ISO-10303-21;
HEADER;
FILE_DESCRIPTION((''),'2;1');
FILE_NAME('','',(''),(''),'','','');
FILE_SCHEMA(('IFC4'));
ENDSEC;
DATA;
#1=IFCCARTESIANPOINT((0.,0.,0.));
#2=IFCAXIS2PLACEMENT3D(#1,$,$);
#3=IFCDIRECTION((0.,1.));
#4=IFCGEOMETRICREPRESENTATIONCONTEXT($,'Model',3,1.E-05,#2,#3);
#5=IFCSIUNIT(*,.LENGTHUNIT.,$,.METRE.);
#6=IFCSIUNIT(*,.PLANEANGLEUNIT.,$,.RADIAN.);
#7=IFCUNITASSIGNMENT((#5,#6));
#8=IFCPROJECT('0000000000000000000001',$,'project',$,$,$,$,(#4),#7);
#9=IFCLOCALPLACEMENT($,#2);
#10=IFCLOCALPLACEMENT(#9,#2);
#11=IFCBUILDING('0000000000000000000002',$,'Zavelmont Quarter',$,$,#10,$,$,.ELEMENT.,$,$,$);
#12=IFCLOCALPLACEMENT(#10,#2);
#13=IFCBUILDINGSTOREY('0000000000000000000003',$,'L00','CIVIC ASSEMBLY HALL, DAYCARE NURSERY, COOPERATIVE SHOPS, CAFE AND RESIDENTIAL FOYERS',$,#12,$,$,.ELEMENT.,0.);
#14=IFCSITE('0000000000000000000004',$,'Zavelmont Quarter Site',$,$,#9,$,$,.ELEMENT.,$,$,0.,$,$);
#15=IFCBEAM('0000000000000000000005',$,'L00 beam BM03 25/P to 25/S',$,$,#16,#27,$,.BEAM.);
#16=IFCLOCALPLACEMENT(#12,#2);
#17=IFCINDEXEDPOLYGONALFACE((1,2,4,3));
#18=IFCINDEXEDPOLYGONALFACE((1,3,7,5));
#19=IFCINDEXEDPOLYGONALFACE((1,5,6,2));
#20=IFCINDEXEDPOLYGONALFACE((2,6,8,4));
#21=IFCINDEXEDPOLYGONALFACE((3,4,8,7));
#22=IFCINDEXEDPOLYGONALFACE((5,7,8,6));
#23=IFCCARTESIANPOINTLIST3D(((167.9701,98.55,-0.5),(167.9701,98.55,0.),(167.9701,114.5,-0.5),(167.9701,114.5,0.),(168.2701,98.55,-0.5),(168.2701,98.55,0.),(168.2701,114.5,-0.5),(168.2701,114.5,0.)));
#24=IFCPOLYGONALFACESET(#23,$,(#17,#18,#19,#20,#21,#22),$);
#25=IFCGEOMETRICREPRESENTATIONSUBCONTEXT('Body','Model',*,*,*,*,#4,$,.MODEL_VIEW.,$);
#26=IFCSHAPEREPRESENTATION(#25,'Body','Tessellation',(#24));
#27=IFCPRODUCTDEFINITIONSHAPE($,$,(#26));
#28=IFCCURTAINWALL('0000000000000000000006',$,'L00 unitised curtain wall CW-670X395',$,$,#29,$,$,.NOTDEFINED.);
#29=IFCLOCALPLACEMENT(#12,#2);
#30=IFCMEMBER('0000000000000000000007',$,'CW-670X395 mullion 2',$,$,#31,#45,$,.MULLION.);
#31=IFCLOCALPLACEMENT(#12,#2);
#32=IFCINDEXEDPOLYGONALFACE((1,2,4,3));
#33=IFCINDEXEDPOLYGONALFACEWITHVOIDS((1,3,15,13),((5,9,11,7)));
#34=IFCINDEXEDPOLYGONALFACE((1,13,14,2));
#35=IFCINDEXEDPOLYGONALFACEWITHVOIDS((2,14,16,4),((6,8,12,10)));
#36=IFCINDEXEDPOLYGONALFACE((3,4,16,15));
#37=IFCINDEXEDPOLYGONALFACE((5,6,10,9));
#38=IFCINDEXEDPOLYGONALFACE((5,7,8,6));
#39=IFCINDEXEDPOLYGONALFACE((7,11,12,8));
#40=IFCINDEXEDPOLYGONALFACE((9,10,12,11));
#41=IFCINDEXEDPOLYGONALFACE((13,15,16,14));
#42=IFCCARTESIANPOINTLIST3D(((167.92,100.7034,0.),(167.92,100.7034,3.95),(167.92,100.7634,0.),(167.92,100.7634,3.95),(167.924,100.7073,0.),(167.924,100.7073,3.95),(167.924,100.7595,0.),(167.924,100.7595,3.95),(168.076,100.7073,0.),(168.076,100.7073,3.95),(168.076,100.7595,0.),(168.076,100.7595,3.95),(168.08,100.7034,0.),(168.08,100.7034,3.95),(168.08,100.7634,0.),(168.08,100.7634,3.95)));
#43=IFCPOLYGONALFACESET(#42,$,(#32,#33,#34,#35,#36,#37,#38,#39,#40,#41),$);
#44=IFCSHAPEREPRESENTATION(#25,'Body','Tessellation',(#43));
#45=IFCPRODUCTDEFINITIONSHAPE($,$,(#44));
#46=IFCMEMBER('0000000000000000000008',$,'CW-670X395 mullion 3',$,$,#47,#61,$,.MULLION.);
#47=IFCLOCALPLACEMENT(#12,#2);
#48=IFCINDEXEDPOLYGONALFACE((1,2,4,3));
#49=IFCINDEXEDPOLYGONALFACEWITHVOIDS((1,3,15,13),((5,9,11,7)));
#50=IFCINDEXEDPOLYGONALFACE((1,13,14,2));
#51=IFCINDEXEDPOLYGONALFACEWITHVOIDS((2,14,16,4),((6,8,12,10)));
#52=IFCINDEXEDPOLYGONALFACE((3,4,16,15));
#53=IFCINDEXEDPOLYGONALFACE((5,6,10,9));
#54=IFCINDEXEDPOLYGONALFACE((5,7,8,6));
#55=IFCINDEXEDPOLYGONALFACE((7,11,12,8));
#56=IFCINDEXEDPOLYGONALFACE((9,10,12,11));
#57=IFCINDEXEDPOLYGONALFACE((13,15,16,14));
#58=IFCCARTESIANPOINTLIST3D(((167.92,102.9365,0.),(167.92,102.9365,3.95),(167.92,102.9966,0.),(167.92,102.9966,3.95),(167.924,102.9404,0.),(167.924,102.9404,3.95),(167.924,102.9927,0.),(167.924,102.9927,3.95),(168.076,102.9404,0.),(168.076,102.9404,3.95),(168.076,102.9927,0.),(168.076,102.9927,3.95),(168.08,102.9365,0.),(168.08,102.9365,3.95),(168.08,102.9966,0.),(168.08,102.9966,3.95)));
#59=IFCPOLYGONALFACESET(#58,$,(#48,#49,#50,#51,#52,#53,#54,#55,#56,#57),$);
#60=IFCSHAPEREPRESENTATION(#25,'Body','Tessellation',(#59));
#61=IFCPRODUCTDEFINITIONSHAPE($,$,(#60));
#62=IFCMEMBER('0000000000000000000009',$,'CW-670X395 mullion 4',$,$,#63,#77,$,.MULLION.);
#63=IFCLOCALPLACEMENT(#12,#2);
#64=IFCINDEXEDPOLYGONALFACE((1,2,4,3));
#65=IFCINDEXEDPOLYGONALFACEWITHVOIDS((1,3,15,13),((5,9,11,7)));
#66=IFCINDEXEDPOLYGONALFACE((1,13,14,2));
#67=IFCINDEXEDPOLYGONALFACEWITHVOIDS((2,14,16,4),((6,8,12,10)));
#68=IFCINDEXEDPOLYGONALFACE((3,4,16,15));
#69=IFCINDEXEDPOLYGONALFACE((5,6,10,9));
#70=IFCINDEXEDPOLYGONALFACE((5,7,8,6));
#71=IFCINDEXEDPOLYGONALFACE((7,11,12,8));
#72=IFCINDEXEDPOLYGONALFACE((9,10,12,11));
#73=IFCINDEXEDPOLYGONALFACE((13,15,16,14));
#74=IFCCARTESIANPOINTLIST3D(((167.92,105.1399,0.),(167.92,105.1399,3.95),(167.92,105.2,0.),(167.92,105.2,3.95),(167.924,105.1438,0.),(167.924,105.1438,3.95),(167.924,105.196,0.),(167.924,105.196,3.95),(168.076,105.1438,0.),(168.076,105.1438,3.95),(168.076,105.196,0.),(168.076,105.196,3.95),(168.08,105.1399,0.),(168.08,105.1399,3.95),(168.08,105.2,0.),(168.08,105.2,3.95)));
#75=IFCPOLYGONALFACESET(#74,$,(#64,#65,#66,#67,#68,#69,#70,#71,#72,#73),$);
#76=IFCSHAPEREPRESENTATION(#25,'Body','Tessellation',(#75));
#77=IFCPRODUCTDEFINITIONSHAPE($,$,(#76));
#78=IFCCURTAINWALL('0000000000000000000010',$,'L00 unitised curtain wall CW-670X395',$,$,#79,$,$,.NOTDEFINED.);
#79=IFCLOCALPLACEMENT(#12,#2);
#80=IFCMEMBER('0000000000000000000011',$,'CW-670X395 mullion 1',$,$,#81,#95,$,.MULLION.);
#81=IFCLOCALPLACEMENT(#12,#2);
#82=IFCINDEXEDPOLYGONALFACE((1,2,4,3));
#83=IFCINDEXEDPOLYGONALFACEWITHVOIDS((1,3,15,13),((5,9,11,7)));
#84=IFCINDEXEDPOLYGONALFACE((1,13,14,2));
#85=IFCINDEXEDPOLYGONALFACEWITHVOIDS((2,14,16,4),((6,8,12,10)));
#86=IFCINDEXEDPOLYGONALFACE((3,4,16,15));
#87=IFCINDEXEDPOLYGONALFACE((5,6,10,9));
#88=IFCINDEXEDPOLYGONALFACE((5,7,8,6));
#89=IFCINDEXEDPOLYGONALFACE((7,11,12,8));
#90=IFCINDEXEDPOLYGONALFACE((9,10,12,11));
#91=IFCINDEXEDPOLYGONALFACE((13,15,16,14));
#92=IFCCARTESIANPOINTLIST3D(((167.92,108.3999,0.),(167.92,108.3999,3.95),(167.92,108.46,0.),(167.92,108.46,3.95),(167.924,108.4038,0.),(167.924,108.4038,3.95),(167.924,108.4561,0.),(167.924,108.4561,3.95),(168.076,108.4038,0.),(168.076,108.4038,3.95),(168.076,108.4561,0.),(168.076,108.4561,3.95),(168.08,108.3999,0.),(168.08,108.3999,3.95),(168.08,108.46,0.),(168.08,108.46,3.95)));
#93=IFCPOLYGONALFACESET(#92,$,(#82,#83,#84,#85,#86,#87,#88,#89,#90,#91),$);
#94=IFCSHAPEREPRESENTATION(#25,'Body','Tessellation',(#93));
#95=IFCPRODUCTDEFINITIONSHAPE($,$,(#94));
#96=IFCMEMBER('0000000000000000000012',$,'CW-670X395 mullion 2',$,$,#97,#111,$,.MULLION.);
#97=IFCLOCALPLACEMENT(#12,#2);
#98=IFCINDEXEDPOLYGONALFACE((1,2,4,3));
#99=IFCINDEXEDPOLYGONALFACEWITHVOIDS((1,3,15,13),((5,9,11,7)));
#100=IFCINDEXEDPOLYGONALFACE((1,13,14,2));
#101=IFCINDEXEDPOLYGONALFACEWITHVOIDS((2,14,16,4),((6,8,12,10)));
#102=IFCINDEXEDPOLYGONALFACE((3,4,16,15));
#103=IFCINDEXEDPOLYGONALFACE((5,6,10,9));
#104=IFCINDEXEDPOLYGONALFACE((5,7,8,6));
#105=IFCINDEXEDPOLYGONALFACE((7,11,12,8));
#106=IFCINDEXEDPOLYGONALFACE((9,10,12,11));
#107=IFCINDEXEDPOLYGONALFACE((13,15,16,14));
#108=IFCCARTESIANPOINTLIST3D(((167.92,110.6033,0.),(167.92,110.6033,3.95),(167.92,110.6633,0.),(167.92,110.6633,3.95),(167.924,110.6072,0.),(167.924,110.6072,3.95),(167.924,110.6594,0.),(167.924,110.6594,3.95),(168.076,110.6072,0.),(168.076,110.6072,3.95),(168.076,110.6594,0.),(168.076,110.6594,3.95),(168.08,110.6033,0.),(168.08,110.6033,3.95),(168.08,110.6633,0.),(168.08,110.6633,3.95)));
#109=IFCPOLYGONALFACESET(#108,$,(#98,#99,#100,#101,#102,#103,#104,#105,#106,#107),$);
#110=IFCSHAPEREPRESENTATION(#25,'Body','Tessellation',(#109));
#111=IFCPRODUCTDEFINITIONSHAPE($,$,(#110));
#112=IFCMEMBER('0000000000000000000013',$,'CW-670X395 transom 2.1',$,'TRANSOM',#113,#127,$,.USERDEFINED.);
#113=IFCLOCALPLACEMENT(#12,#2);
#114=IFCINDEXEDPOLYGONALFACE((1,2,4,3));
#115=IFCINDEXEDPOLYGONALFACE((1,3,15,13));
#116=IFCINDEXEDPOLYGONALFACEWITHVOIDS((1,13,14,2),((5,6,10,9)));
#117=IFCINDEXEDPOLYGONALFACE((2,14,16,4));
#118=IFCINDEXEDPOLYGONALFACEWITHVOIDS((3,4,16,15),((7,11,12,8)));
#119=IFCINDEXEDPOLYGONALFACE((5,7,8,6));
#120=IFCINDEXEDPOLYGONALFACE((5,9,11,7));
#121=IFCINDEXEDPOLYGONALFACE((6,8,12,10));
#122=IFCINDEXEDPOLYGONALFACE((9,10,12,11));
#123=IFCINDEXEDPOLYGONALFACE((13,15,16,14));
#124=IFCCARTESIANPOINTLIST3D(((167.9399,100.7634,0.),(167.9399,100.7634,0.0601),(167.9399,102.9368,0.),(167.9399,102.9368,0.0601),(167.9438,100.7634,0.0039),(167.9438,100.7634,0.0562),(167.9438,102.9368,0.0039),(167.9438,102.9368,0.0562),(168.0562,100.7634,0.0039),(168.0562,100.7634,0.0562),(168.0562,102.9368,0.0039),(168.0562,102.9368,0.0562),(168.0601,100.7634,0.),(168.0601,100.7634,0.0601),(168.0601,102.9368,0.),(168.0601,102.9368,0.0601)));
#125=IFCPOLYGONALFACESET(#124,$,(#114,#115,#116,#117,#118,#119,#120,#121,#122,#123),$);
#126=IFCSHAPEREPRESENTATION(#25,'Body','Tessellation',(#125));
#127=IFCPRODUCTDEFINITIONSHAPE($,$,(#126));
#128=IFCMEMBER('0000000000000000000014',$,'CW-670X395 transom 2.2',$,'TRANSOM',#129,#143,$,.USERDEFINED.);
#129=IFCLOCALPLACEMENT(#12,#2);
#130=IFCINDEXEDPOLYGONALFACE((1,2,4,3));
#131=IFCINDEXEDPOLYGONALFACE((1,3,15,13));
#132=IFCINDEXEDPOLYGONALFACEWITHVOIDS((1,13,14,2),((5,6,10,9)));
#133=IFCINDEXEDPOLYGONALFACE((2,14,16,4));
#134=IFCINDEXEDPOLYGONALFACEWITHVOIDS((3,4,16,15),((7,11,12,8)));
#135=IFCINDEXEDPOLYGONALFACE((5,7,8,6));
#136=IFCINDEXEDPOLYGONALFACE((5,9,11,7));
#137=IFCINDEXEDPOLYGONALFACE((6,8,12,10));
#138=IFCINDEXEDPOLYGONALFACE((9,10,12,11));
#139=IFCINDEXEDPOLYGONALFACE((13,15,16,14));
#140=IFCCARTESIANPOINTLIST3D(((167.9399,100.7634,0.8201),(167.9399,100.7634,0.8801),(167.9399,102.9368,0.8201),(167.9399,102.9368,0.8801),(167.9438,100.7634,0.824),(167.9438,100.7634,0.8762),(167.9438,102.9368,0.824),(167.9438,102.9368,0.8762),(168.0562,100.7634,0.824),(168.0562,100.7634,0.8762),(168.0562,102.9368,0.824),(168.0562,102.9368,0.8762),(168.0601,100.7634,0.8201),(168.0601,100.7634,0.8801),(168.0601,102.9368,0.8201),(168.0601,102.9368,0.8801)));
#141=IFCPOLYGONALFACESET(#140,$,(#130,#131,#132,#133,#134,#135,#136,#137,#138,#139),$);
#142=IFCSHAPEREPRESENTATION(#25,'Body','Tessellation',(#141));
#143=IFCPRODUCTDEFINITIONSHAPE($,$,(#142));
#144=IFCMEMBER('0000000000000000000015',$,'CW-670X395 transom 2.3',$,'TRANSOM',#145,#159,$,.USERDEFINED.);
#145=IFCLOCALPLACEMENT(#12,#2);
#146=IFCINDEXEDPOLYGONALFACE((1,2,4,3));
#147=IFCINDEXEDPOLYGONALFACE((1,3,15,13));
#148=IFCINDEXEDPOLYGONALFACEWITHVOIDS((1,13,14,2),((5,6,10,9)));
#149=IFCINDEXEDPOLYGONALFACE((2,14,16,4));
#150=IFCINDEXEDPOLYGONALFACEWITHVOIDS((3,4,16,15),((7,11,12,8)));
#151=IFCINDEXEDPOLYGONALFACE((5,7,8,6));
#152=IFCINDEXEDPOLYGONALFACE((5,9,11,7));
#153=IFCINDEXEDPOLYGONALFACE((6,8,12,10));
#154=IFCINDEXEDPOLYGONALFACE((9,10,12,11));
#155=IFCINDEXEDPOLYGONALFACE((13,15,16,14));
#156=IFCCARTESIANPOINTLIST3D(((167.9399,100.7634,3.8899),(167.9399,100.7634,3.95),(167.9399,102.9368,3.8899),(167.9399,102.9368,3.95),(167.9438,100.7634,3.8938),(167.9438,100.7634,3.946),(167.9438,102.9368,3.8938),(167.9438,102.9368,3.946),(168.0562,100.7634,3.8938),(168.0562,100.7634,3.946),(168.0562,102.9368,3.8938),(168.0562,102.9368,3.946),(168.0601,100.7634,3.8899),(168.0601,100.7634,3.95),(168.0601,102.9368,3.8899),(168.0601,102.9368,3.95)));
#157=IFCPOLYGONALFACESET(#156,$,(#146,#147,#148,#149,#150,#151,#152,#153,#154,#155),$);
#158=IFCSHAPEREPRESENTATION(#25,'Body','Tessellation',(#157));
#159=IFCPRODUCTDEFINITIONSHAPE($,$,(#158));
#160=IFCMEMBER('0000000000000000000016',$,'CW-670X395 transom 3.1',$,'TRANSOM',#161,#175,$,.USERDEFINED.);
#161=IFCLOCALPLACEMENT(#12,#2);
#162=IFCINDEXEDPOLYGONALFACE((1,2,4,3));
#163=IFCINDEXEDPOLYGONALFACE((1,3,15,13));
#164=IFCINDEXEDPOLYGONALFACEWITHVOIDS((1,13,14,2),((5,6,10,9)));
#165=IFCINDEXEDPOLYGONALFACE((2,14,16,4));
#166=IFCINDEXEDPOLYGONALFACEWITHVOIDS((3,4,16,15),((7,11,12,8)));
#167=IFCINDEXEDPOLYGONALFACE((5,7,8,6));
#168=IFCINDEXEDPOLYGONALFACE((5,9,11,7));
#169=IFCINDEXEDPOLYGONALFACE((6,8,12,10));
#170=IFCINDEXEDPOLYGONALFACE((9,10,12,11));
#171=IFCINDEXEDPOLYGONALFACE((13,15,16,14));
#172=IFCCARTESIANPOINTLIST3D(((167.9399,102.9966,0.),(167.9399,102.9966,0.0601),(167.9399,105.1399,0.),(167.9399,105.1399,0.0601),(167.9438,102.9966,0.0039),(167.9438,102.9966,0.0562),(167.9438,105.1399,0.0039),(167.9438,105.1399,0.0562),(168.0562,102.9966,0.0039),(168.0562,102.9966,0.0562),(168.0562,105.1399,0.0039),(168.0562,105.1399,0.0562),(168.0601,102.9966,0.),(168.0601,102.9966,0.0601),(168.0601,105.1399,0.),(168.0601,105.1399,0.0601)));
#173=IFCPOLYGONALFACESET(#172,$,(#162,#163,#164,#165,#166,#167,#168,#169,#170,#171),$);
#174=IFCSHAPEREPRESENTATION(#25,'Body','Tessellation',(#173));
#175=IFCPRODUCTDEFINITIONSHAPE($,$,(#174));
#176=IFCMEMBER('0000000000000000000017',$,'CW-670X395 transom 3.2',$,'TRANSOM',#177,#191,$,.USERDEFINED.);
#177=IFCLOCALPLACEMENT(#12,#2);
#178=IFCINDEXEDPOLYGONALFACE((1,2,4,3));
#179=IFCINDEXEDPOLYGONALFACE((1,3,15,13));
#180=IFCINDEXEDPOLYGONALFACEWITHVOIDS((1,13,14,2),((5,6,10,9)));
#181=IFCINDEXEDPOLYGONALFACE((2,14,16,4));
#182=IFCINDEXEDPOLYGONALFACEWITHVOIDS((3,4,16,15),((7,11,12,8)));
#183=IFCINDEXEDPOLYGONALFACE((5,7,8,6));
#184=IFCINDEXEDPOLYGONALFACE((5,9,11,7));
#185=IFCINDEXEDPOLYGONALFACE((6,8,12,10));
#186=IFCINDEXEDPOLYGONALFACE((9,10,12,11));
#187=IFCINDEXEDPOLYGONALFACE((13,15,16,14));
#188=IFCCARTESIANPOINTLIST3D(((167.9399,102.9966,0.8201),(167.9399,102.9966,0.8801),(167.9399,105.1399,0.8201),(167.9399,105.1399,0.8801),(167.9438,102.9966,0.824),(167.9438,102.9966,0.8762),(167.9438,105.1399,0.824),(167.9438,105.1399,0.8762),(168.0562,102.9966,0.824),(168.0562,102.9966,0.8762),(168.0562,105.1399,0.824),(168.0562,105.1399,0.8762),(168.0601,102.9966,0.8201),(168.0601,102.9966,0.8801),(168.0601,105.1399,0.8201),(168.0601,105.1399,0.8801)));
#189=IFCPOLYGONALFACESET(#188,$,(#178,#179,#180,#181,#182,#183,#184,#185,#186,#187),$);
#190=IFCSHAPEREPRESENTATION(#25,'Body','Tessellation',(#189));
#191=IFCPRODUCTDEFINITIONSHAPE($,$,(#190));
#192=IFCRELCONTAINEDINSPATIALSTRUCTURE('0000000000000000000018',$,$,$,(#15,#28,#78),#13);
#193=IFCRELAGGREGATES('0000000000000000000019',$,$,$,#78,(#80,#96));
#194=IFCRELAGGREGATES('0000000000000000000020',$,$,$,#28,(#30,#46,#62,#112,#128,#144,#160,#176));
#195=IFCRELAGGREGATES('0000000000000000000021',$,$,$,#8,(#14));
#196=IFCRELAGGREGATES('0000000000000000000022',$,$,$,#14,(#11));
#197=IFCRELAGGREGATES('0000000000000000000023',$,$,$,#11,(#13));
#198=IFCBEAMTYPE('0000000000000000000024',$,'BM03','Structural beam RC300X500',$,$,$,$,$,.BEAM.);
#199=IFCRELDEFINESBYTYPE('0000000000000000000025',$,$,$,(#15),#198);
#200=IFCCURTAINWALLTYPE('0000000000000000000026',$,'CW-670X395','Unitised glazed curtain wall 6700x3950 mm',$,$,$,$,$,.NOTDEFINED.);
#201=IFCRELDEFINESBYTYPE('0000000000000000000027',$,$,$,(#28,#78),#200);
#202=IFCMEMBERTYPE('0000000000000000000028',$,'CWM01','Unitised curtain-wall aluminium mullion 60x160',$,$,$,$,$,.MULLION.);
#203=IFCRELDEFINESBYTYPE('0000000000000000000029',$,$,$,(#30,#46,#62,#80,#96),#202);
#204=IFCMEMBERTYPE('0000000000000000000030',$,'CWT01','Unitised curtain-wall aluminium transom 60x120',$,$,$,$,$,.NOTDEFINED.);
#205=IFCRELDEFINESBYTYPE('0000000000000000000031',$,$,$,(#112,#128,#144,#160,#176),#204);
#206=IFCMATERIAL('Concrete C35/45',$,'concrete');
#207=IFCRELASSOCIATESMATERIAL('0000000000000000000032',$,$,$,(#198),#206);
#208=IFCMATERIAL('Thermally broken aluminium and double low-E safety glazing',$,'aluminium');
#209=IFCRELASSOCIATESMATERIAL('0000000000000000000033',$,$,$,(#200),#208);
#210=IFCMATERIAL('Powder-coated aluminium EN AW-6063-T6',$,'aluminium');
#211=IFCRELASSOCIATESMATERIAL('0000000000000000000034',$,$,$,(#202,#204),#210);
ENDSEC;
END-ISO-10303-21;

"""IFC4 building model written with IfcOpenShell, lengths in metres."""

from ifc_helpers import new_model, si_unit, direction, frame, origin, origin_2d, place, context, subcontext, project, spatial, rectangle, hollow_rectangle, extrude, material, material_profile, profile_set, type_object, element, aggregate, save


model = new_model("IFC4")

# Units and contexts
model_context = context("Model", 3, precision=1e-05, world=origin(), true_north=direction((0.0, 1.0)))
body_context = subcontext(model_context, "Body", "Model", "MODEL_VIEW")
ifc_project = project(units=[si_unit("LENGTHUNIT", "METRE"), si_unit("PLANEANGLEUNIT", "RADIAN")], contexts=[model_context])

# Site, building, storey
site_placement = place(None, origin())
site = spatial("IfcSite", under=ifc_project, at=site_placement, Name="Zavelmont Quarter Site", CompositionType="ELEMENT", RefElevation=0.0)
building_placement = place(site_placement, origin())
building = spatial("IfcBuilding", under=site, at=building_placement, Name="Zavelmont Quarter", CompositionType="ELEMENT")
storey_placement = place(building_placement, origin())
storey = spatial("IfcBuildingStorey", under=building, at=storey_placement, Name="L00", Description="CIVIC ASSEMBLY HALL, DAYCARE NURSERY, COOPERATIVE SHOPS, CAFE AND RESIDENTIAL FOYERS", CompositionType="ELEMENT", Elevation=0.0)

# Beam
ifc_material_1 = material(Name="Concrete C35/45", Category="concrete")
ifc_material_profile_1 = material_profile(ifc_material_1, rectangle(XDim=0.3, YDim=0.5, at=origin_2d()), Name="RC300X500")
ifc_profile_set_1 = profile_set([ifc_material_profile_1], Name="Concrete C35/45")
beam_type = type_object("IfcBeamType", Name="BM03", Description="Structural beam RC300X500", PredefinedType="BEAM", material=ifc_profile_set_1)
beam_placement = place(storey_placement, frame((168.1201, 98.55, -0.25), z_axis=(0.0, 1.0, 0.0), x_axis=(-1.0, 0.0, 0.0)))
element("IfcBeam", 1, at=beam_placement, inside=storey, type_object=beam_type, Name="L00 beam BM03 25/P to 25/S", PredefinedType="BEAM", context=body_context, shape_type="SweptSolid", body=[
    extrude(rectangle(XDim=0.3, YDim=0.5, at=origin_2d()), origin(), (0.0, 0.0, 1.0), 15.95),
])

# Curtain walls, members
ifc_material_2 = material(Name="Thermally broken aluminium and double low-E safety glazing", Category="aluminium")
curtain_wall_type = type_object("IfcCurtainWallType", Name="CW-670X395", Description="Unitised glazed curtain wall 6700x3950 mm", PredefinedType="NOTDEFINED", material=ifc_material_2)
curtain_wall_1_placement = place(storey_placement, origin())
curtain_wall_1 = element("IfcCurtainWall", 2, at=curtain_wall_1_placement, inside=storey, type_object=curtain_wall_type, Name="L00 unitised curtain wall CW-670X395", PredefinedType="NOTDEFINED")
ifc_material_3 = material(Name="Powder-coated aluminium EN AW-6063-T6", Category="aluminium")
ifc_material_profile_2 = material_profile(ifc_material_3, hollow_rectangle(XDim=0.0601, YDim=0.1599, WallThickness=0.0039, at=origin_2d()), Name="CWM60X160")
ifc_profile_set_2 = profile_set([ifc_material_profile_2], Name="Powder-coated aluminium EN AW-6063-T6")
member_type_1 = type_object("IfcMemberType", Name="CWM01", Description="Unitised curtain-wall aluminium mullion 60x160", PredefinedType="MULLION", material=ifc_profile_set_2)
member_1_placement = place(storey_placement, frame((168.0, 100.7334, 0.0), z_axis=(0.0, 0.0, 1.0), x_axis=(0.0, 1.0, 0.0)))
member_1 = element("IfcMember", 3, at=member_1_placement, type_object=member_type_1, Name="CW-670X395 mullion 2", PredefinedType="MULLION", context=body_context, shape_type="SweptSolid", body=[
    extrude(hollow_rectangle(XDim=0.0601, YDim=0.1599, WallThickness=0.0039, at=origin_2d()), origin(), (0.0, 0.0, 1.0), 3.95),
])
member_2_placement = place(storey_placement, frame((168.0, 102.9666, 0.0), z_axis=(0.0, 0.0, 1.0), x_axis=(0.0, 1.0, 0.0)))
member_2 = element("IfcMember", 4, at=member_2_placement, type_object=member_type_1, Name="CW-670X395 mullion 3", PredefinedType="MULLION", context=body_context, shape_type="SweptSolid", body=[
    extrude(hollow_rectangle(XDim=0.0601, YDim=0.1599, WallThickness=0.0039, at=origin_2d()), origin(), (0.0, 0.0, 1.0), 3.95),
])
member_3_placement = place(storey_placement, frame((168.0, 105.1699, 0.0), z_axis=(0.0, 0.0, 1.0), x_axis=(0.0, 1.0, 0.0)))
member_3 = element("IfcMember", 5, at=member_3_placement, type_object=member_type_1, Name="CW-670X395 mullion 4", PredefinedType="MULLION", context=body_context, shape_type="SweptSolid", body=[
    extrude(hollow_rectangle(XDim=0.0601, YDim=0.1599, WallThickness=0.0039, at=origin_2d()), origin(), (0.0, 0.0, 1.0), 3.95),
])
curtain_wall_2_placement = place(storey_placement, origin())
curtain_wall_2 = element("IfcCurtainWall", 6, at=curtain_wall_2_placement, inside=storey, type_object=curtain_wall_type, Name="L00 unitised curtain wall CW-670X395", PredefinedType="NOTDEFINED")
member_4_placement = place(storey_placement, frame((168.0, 108.4299, 0.0), z_axis=(0.0, 0.0, 1.0), x_axis=(0.0, 1.0, 0.0)))
member_4 = element("IfcMember", 7, at=member_4_placement, type_object=member_type_1, Name="CW-670X395 mullion 1", PredefinedType="MULLION", context=body_context, shape_type="SweptSolid", body=[
    extrude(hollow_rectangle(XDim=0.0601, YDim=0.1599, WallThickness=0.0039, at=origin_2d()), origin(), (0.0, 0.0, 1.0), 3.95),
])
member_5_placement = place(storey_placement, frame((168.0, 110.6333, 0.0), z_axis=(0.0, 0.0, 1.0), x_axis=(0.0, 1.0, 0.0)))
member_5 = element("IfcMember", 8, at=member_5_placement, type_object=member_type_1, Name="CW-670X395 mullion 2", PredefinedType="MULLION", context=body_context, shape_type="SweptSolid", body=[
    extrude(hollow_rectangle(XDim=0.0601, YDim=0.1599, WallThickness=0.0039, at=origin_2d()), origin(), (0.0, 0.0, 1.0), 3.95),
])

# Members
ifc_material_profile_3 = material_profile(ifc_material_3, hollow_rectangle(XDim=0.1201, YDim=0.0601, WallThickness=0.0039, at=origin_2d()), Name="CWT60X120")
ifc_profile_set_3 = profile_set([ifc_material_profile_3], Name="Powder-coated aluminium EN AW-6063-T6")
member_type_2 = type_object("IfcMemberType", Name="CWT01", Description="Unitised curtain-wall aluminium transom 60x120", PredefinedType="NOTDEFINED", material=ifc_profile_set_3)
member_6_placement = place(storey_placement, frame((168.0, 100.7634, 0.03), z_axis=(0.0, 1.0, 0.0), x_axis=(-1.0, 0.0, 0.0)))
member_6 = element("IfcMember", 9, at=member_6_placement, type_object=member_type_2, Name="CW-670X395 transom 2.1", ObjectType="TRANSOM", PredefinedType="USERDEFINED", context=body_context, shape_type="SweptSolid", body=[
    extrude(hollow_rectangle(XDim=0.1201, YDim=0.0601, WallThickness=0.0039, at=origin_2d()), origin(), (0.0, 0.0, 1.0), 2.1733),
])
member_7_placement = place(storey_placement, frame((168.0, 100.7634, 0.8501), z_axis=(0.0, 1.0, 0.0), x_axis=(-1.0, 0.0, 0.0)))
member_7 = element("IfcMember", 10, at=member_7_placement, type_object=member_type_2, Name="CW-670X395 transom 2.2", ObjectType="TRANSOM", PredefinedType="USERDEFINED", context=body_context, shape_type="SweptSolid", body=[
    extrude(hollow_rectangle(XDim=0.1201, YDim=0.0601, WallThickness=0.0039, at=origin_2d()), origin(), (0.0, 0.0, 1.0), 2.1733),
])
member_8_placement = place(storey_placement, frame((168.0, 100.7634, 3.9199), z_axis=(0.0, 1.0, 0.0), x_axis=(-1.0, 0.0, 0.0)))
member_8 = element("IfcMember", 11, at=member_8_placement, type_object=member_type_2, Name="CW-670X395 transom 2.3", ObjectType="TRANSOM", PredefinedType="USERDEFINED", context=body_context, shape_type="SweptSolid", body=[
    extrude(hollow_rectangle(XDim=0.1201, YDim=0.0601, WallThickness=0.0039, at=origin_2d()), origin(), (0.0, 0.0, 1.0), 2.1733),
])
member_9_placement = place(storey_placement, frame((168.0, 102.9966, 0.03), z_axis=(0.0, 1.0, 0.0), x_axis=(-1.0, 0.0, 0.0)))
member_9 = element("IfcMember", 12, at=member_9_placement, type_object=member_type_2, Name="CW-670X395 transom 3.1", ObjectType="TRANSOM", PredefinedType="USERDEFINED", context=body_context, shape_type="SweptSolid", body=[
    extrude(hollow_rectangle(XDim=0.1201, YDim=0.0601, WallThickness=0.0039, at=origin_2d()), origin(), (0.0, 0.0, 1.0), 2.1433),
])
member_10_placement = place(storey_placement, frame((168.0, 102.9966, 0.8501), z_axis=(0.0, 1.0, 0.0), x_axis=(-1.0, 0.0, 0.0)))
member_10 = element("IfcMember", 13, at=member_10_placement, type_object=member_type_2, Name="CW-670X395 transom 3.2", ObjectType="TRANSOM", PredefinedType="USERDEFINED", context=body_context, shape_type="SweptSolid", body=[
    extrude(hollow_rectangle(XDim=0.1201, YDim=0.0601, WallThickness=0.0039, at=origin_2d()), origin(), (0.0, 0.0, 1.0), 2.1433),
])

aggregate(curtain_wall_2, [member_4, member_5])
aggregate(curtain_wall_1, [member_1, member_2, member_3, member_6, member_7, member_8, member_9, member_10])

save(model, "model.ifc")
